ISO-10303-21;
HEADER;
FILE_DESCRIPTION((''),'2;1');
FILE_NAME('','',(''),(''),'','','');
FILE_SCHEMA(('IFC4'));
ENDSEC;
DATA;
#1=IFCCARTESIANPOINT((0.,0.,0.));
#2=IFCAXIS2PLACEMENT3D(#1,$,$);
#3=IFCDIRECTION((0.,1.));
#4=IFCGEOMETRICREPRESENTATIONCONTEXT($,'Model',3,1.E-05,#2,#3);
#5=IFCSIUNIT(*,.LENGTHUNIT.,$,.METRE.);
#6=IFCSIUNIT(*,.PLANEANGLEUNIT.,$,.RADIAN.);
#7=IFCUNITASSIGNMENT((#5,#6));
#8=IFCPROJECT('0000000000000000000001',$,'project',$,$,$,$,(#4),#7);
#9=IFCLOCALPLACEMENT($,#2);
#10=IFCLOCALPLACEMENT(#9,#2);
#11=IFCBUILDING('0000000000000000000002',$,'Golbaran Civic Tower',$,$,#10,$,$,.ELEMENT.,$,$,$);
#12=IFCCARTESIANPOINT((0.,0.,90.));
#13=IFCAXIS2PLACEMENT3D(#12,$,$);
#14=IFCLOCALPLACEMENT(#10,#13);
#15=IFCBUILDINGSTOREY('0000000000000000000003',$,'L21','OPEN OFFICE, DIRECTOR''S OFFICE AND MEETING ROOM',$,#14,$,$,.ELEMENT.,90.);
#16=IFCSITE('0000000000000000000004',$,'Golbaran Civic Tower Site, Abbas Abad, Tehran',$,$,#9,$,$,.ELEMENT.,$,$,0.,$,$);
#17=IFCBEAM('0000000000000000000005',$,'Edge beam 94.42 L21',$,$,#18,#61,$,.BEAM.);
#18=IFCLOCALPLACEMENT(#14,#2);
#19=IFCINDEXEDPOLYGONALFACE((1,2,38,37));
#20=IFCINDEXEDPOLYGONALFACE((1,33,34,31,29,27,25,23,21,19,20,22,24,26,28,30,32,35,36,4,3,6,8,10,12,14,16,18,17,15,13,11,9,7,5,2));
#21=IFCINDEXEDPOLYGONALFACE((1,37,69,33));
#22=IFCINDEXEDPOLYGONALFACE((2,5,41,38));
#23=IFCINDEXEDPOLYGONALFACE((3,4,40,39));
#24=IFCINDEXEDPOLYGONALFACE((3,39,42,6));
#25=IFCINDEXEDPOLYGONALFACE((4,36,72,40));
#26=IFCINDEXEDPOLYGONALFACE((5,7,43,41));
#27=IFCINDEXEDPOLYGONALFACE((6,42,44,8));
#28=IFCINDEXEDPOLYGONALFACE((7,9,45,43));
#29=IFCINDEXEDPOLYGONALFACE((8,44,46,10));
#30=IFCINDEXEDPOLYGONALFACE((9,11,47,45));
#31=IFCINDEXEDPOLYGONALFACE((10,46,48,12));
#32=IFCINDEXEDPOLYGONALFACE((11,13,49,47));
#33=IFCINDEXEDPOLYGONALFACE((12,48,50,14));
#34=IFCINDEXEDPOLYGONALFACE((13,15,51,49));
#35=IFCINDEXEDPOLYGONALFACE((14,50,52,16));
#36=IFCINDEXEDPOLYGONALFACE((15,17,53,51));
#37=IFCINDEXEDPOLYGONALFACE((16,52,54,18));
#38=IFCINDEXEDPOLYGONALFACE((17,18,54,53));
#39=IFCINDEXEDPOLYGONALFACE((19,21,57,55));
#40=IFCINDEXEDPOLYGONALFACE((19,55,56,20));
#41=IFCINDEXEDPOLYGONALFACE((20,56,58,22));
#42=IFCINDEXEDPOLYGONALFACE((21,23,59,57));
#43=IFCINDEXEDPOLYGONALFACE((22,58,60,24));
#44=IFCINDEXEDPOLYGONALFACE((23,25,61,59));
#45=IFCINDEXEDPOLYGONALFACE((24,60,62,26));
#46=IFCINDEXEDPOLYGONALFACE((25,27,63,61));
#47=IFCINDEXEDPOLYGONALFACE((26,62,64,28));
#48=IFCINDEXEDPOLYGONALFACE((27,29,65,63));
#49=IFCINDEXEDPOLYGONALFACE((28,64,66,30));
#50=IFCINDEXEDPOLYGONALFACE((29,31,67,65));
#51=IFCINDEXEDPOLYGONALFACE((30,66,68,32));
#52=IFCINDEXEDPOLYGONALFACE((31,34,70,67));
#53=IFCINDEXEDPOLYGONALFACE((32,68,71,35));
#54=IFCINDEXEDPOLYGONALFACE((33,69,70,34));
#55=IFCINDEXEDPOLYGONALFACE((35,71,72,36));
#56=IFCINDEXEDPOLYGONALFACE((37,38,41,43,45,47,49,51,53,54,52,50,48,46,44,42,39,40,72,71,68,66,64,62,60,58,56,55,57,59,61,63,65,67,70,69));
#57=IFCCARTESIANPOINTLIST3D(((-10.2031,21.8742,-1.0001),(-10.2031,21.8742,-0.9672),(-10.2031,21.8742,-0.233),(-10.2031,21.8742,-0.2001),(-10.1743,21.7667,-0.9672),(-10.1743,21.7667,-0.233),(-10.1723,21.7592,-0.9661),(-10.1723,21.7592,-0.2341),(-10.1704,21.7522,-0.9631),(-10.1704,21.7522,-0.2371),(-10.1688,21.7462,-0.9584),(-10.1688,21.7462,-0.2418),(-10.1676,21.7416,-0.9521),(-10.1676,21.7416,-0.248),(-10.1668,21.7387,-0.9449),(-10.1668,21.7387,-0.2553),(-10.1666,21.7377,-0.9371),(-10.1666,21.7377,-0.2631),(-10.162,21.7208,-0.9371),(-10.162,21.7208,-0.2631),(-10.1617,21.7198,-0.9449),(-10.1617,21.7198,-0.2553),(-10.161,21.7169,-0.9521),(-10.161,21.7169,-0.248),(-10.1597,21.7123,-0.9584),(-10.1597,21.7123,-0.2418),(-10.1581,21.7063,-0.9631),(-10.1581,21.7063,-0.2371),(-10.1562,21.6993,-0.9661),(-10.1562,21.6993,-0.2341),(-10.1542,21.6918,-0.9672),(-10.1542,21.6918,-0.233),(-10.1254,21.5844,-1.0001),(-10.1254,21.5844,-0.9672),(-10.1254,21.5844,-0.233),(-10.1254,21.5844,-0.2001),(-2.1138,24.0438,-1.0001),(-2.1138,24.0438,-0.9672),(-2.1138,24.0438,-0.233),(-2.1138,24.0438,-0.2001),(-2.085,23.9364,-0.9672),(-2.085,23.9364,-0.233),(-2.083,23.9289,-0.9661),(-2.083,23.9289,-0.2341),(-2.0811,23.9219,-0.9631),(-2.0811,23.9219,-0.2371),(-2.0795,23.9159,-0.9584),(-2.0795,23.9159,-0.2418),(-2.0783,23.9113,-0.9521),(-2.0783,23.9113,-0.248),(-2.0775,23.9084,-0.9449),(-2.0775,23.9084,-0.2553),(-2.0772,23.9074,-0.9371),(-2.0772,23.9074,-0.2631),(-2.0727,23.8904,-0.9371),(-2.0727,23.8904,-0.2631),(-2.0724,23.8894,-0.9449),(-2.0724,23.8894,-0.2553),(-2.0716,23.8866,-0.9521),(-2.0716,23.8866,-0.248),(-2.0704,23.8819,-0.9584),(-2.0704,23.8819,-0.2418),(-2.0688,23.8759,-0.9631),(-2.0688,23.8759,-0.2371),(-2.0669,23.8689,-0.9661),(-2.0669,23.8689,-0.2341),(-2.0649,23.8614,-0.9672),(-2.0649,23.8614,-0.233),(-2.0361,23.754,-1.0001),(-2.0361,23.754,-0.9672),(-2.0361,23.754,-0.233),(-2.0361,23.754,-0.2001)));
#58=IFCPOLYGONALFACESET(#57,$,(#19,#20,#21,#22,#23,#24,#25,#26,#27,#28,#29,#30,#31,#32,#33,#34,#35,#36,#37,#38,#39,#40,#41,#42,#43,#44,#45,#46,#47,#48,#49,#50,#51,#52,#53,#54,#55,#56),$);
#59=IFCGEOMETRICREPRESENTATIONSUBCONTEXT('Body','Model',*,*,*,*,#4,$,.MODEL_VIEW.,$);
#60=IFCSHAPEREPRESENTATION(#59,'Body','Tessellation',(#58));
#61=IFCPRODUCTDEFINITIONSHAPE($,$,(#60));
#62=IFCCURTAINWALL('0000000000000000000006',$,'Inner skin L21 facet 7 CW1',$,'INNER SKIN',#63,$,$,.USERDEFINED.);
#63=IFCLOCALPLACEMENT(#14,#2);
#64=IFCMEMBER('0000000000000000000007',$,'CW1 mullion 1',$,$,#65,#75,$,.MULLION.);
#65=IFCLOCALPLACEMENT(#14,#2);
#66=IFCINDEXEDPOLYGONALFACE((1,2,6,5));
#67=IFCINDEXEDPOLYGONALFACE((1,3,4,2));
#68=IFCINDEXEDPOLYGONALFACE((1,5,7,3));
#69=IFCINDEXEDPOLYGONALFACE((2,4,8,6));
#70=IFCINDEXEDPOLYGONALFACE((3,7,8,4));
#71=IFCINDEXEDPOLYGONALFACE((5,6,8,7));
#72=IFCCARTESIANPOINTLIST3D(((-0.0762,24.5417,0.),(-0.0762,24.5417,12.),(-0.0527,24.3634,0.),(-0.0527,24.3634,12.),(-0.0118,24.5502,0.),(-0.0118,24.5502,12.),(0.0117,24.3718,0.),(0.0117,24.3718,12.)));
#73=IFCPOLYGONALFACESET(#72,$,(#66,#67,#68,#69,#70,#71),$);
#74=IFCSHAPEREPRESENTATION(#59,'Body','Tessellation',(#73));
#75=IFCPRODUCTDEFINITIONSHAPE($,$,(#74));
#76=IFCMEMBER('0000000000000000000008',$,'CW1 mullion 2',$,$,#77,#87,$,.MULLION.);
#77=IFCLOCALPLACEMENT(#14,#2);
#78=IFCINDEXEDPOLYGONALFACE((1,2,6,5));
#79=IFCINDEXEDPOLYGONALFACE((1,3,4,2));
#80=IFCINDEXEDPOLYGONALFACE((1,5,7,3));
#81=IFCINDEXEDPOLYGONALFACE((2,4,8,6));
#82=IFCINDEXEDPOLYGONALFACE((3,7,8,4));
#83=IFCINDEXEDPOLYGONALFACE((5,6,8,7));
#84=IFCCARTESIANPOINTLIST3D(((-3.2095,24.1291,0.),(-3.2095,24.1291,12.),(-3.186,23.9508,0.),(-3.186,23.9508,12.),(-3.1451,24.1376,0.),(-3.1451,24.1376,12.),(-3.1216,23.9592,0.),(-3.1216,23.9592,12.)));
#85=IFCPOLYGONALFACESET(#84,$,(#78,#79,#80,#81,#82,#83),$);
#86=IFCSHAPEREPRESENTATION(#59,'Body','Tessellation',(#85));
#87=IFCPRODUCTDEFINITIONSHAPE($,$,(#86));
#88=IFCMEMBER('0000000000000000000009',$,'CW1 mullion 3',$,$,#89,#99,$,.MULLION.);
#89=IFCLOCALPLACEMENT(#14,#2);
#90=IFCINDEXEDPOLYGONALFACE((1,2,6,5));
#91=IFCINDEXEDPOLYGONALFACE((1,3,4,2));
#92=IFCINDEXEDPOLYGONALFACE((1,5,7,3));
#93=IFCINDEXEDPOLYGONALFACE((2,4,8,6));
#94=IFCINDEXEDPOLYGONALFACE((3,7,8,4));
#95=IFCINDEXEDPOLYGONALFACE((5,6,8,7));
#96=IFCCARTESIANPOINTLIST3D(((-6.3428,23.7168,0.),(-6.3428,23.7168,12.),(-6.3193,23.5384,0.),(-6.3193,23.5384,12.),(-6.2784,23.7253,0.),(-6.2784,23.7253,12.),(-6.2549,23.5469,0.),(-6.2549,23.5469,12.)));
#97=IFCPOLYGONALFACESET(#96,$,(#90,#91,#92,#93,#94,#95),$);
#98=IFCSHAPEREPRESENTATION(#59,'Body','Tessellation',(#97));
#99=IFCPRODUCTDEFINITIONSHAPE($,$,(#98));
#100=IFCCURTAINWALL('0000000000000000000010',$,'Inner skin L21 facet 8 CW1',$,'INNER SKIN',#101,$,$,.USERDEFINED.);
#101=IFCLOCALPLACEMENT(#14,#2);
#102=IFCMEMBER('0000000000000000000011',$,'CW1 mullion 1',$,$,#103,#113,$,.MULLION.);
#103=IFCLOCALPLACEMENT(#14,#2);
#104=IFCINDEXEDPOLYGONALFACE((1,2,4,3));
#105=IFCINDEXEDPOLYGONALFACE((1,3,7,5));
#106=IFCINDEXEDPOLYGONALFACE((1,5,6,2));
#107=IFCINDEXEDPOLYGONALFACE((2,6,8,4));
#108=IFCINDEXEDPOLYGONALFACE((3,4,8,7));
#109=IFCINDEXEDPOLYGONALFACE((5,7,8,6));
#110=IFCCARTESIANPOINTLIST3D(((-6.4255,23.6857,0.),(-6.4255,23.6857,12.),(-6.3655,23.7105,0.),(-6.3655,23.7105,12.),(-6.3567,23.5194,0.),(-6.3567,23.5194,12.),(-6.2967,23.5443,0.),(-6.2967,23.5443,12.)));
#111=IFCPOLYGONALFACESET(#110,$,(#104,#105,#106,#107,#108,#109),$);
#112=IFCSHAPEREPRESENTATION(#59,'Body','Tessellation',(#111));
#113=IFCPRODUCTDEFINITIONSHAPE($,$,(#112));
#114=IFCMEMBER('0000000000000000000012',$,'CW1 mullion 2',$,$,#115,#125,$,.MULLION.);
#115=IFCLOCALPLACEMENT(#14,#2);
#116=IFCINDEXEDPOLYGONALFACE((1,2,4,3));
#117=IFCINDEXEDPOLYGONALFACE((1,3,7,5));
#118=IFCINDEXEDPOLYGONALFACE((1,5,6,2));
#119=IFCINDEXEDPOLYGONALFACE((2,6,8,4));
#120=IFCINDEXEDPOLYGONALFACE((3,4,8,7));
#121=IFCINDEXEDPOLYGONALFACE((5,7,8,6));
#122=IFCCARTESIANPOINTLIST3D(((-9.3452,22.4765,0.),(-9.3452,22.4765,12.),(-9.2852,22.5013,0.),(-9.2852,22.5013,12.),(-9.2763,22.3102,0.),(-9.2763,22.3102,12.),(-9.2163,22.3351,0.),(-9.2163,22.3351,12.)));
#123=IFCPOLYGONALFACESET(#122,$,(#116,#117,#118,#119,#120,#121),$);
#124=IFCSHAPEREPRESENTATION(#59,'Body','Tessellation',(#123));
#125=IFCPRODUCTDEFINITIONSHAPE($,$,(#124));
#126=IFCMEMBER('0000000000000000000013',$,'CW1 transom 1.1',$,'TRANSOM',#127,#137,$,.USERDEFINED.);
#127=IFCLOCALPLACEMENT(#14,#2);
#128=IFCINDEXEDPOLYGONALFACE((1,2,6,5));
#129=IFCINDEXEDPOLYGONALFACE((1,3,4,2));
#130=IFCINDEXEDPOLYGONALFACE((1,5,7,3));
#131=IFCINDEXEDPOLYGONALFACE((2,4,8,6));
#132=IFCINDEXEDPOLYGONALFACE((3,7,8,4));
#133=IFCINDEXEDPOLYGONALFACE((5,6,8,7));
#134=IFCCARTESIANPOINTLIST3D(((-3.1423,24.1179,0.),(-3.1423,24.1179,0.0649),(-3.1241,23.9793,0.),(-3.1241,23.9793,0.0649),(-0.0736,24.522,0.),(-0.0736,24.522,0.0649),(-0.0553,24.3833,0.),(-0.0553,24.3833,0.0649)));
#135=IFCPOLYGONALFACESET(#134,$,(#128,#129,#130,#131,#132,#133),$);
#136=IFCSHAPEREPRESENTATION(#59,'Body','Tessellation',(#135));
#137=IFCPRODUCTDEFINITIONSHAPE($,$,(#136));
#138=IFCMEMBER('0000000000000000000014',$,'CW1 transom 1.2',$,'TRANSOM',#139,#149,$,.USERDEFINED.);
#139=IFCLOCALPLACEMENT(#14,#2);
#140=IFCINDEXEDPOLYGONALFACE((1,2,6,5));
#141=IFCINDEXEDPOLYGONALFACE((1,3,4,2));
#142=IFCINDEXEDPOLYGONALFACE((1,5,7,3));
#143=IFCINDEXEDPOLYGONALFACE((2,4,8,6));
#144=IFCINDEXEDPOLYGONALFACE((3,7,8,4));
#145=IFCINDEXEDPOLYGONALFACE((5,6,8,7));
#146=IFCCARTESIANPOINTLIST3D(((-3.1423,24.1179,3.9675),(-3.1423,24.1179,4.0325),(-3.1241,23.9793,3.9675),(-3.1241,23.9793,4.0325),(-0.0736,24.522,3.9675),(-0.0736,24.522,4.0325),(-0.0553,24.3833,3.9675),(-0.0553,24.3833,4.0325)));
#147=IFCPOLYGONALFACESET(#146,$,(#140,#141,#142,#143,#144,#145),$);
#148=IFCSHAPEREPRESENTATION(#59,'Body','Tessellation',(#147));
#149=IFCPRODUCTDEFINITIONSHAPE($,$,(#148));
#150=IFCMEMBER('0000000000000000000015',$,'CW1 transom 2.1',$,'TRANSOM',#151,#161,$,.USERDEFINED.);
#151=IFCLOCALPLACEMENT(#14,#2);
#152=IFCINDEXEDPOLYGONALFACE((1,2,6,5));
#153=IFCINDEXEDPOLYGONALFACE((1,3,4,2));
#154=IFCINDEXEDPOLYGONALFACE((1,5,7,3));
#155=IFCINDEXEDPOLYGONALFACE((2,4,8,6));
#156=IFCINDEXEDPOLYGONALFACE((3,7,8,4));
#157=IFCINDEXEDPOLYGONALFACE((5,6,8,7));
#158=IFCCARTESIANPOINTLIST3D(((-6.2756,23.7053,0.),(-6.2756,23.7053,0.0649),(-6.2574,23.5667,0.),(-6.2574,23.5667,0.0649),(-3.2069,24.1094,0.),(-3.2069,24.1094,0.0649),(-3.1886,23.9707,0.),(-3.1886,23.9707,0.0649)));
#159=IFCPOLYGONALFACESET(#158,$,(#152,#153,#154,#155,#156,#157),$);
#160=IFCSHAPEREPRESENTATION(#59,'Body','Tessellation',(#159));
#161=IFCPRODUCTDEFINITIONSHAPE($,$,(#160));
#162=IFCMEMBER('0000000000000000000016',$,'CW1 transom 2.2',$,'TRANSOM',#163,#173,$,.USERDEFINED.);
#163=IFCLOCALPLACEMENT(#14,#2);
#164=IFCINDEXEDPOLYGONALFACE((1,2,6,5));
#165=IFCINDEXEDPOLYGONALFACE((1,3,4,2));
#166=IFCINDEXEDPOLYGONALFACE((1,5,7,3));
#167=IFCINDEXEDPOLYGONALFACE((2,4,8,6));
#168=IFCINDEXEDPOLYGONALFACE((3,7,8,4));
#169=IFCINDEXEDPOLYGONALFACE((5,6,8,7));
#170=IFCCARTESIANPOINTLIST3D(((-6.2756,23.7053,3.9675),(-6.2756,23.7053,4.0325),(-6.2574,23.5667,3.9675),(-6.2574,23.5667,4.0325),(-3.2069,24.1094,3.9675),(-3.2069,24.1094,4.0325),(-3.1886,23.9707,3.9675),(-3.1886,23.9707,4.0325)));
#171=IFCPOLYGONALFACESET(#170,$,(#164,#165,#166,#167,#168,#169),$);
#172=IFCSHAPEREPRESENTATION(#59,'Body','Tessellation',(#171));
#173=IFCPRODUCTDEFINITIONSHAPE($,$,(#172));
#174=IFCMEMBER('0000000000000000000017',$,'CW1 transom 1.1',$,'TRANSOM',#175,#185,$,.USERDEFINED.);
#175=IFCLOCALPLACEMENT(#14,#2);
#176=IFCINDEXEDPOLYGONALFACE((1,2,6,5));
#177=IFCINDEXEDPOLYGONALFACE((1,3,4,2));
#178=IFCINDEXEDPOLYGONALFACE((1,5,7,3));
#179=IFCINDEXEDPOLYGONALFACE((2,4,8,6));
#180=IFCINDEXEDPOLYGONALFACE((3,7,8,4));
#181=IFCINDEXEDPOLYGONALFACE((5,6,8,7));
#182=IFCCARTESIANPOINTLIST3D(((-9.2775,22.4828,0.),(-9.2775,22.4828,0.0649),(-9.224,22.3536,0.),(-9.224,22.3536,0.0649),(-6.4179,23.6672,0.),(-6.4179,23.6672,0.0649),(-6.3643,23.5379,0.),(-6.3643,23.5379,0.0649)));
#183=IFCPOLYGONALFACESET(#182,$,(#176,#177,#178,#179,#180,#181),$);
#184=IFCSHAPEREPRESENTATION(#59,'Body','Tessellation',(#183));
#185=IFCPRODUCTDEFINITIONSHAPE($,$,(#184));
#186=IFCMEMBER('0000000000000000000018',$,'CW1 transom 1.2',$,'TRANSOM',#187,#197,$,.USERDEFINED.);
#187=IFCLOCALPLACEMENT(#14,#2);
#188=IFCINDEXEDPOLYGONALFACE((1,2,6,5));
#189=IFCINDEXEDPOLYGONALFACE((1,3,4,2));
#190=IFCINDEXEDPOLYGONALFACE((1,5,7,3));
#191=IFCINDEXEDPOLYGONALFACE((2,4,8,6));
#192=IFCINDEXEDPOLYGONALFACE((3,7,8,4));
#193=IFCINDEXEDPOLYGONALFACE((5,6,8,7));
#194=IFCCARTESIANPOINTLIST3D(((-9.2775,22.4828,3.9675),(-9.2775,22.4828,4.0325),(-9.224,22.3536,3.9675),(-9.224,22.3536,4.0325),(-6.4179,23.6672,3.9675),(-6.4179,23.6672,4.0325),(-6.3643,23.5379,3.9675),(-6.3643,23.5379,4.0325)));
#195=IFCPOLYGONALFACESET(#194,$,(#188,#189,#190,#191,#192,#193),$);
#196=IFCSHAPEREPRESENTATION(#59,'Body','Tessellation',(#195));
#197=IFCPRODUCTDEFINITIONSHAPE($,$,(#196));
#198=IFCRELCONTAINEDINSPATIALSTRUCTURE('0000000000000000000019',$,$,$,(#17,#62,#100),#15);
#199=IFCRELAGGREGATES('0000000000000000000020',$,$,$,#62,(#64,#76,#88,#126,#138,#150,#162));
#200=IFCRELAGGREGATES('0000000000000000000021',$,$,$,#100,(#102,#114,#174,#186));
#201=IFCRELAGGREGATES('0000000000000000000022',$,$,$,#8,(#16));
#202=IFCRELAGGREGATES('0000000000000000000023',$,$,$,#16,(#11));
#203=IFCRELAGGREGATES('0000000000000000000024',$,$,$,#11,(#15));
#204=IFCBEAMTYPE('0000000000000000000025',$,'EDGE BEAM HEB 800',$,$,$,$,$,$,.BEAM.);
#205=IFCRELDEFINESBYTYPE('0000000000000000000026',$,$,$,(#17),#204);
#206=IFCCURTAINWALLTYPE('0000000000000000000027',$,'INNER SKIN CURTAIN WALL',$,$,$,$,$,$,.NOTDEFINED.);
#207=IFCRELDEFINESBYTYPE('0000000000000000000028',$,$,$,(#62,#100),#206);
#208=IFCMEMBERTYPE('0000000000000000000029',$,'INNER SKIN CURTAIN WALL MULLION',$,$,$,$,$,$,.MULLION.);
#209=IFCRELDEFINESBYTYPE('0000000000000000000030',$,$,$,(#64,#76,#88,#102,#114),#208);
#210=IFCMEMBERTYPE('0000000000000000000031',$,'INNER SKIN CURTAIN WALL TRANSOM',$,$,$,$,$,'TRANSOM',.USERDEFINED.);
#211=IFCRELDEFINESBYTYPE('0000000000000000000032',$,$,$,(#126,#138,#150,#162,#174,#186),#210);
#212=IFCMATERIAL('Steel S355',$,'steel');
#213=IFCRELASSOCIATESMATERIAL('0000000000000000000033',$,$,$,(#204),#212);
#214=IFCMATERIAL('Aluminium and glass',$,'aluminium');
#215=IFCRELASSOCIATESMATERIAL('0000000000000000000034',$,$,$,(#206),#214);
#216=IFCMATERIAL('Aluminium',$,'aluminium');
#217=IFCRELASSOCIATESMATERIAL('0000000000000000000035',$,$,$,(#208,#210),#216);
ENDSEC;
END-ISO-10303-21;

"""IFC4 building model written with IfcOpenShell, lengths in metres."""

from ifc_helpers import new_model, si_unit, direction, frame, origin, origin_2d, place, context, subcontext, project, spatial, rectangle, i_section, extrude, material, material_profile, profile_set, type_object, element, aggregate, save


model = new_model("IFC4")

# Units and contexts
model_context = context("Model", 3, precision=1e-05, world=origin(), true_north=direction((0.0, 1.0)))
body_context = subcontext(model_context, "Body", "Model", "MODEL_VIEW")
ifc_project = project(units=[si_unit("LENGTHUNIT", "METRE"), si_unit("PLANEANGLEUNIT", "RADIAN")], contexts=[model_context])

# Site, building, storey
site_placement = place(None, origin())
site = spatial("IfcSite", under=ifc_project, at=site_placement, Name="Golbaran Civic Tower Site, Abbas Abad, Tehran", CompositionType="ELEMENT", RefElevation=0.0)
building_placement = place(site_placement, origin())
building = spatial("IfcBuilding", under=site, at=building_placement, Name="Golbaran Civic Tower", CompositionType="ELEMENT")
storey_placement = place(building_placement, frame((0.0, 0.0, 90.0)))
storey = spatial("IfcBuildingStorey", under=building, at=storey_placement, Name="L21", Description="OPEN OFFICE, DIRECTOR'S OFFICE AND MEETING ROOM", CompositionType="ELEMENT", Elevation=90.0)

# Beam
ifc_material_1 = material(Name="Steel S355", Category="steel")
ifc_material_profile_1 = material_profile(ifc_material_1, i_section(OverallWidth=0.3, OverallDepth=0.8, WebThickness=0.0176, FlangeThickness=0.033, FilletRadius=0.03, at=origin_2d()), Name="HEB 800")
ifc_profile_set_1 = profile_set([ifc_material_profile_1], Name="Steel S355")
beam_type = type_object("IfcBeamType", Name="EDGE BEAM HEB 800", PredefinedType="BEAM", material=ifc_profile_set_1)
beam_placement = place(storey_placement, frame((-2.075, 23.8989, -0.6001), z_axis=(-0.965862, -0.259058, 0.0), x_axis=(0.259058, -0.965862, 0.0)))
element("IfcBeam", 1, at=beam_placement, inside=storey, type_object=beam_type, Name="Edge beam 94.42 L21", PredefinedType="BEAM", context=body_context, shape_type="SweptSolid", body=[
    extrude(i_section(OverallWidth=0.3, OverallDepth=0.8, WebThickness=0.0176, FlangeThickness=0.033, FilletRadius=0.03, at=origin_2d()), origin(), (0.0, 0.0, 1.0), 8.3752),
])

# Curtain walls, members
ifc_material_2 = material(Name="Aluminium and glass", Category="aluminium")
curtain_wall_type = type_object("IfcCurtainWallType", Name="INNER SKIN CURTAIN WALL", PredefinedType="NOTDEFINED", material=ifc_material_2)
curtain_wall_1_placement = place(storey_placement, origin())
curtain_wall_1 = element("IfcCurtainWall", 2, at=curtain_wall_1_placement, inside=storey, type_object=curtain_wall_type, Name="Inner skin L21 facet 7 CW1", ObjectType="INNER SKIN", PredefinedType="USERDEFINED")
ifc_material_3 = material(Name="Aluminium", Category="aluminium")
ifc_material_profile_2 = material_profile(ifc_material_3, rectangle(XDim=0.1799, YDim=0.0649, at=origin_2d()), Name="INNER SKIN CURTAIN WALL MULLION")
ifc_profile_set_2 = profile_set([ifc_material_profile_2], Name="Aluminium")
member_type_1 = type_object("IfcMemberType", Name="INNER SKIN CURTAIN WALL MULLION", PredefinedType="MULLION", material=ifc_profile_set_2)
member_1_placement = place(storey_placement, frame((-0.0322, 24.4568, 0.0), z_axis=(0.0, 0.0, 1.0), x_axis=(0.130526, -0.991445, 0.0)))
member_1 = element("IfcMember", 3, at=member_1_placement, type_object=member_type_1, Name="CW1 mullion 1", PredefinedType="MULLION", context=body_context, shape_type="SweptSolid", body=[
    extrude(rectangle(XDim=0.1799, YDim=0.0649, at=origin_2d()), origin(), (0.0, 0.0, 1.0), 12.0),
])
member_2_placement = place(storey_placement, frame((-3.1655, 24.0442, 0.0), z_axis=(0.0, 0.0, 1.0), x_axis=(0.130526, -0.991445, 0.0)))
member_2 = element("IfcMember", 4, at=member_2_placement, type_object=member_type_1, Name="CW1 mullion 2", PredefinedType="MULLION", context=body_context, shape_type="SweptSolid", body=[
    extrude(rectangle(XDim=0.1799, YDim=0.0649, at=origin_2d()), origin(), (0.0, 0.0, 1.0), 12.0),
])
member_3_placement = place(storey_placement, frame((-6.2988, 23.6318, 0.0), z_axis=(0.0, 0.0, 1.0), x_axis=(0.130526, -0.991445, 0.0)))
member_3 = element("IfcMember", 5, at=member_3_placement, type_object=member_type_1, Name="CW1 mullion 3", PredefinedType="MULLION", context=body_context, shape_type="SweptSolid", body=[
    extrude(rectangle(XDim=0.1799, YDim=0.0649, at=origin_2d()), origin(), (0.0, 0.0, 1.0), 12.0),
])
curtain_wall_2_placement = place(storey_placement, origin())
curtain_wall_2 = element("IfcCurtainWall", 6, at=curtain_wall_2_placement, inside=storey, type_object=curtain_wall_type, Name="Inner skin L21 facet 8 CW1", ObjectType="INNER SKIN", PredefinedType="USERDEFINED")
member_4_placement = place(storey_placement, frame((-6.3611, 23.615, 0.0), z_axis=(0.0, 0.0, 1.0), x_axis=(0.382683, -0.92388, 0.0)))
member_4 = element("IfcMember", 7, at=member_4_placement, type_object=member_type_1, Name="CW1 mullion 1", PredefinedType="MULLION", context=body_context, shape_type="SweptSolid", body=[
    extrude(rectangle(XDim=0.1799, YDim=0.0649, at=origin_2d()), origin(), (0.0, 0.0, 1.0), 12.0),
])
member_5_placement = place(storey_placement, frame((-9.2808, 22.4058, 0.0), z_axis=(0.0, 0.0, 1.0), x_axis=(0.382683, -0.92388, 0.0)))
member_5 = element("IfcMember", 8, at=member_5_placement, type_object=member_type_1, Name="CW1 mullion 2", PredefinedType="MULLION", context=body_context, shape_type="SweptSolid", body=[
    extrude(rectangle(XDim=0.1799, YDim=0.0649, at=origin_2d()), origin(), (0.0, 0.0, 1.0), 12.0),
])

# Members
ifc_material_profile_3 = material_profile(ifc_material_3, rectangle(XDim=0.1399, YDim=0.0649, at=origin_2d()), Name="INNER SKIN CURTAIN WALL TRANSOM")
ifc_profile_set_3 = profile_set([ifc_material_profile_3], Name="Aluminium")
member_type_2 = type_object("IfcMemberType", Name="INNER SKIN CURTAIN WALL TRANSOM", ElementType="TRANSOM", PredefinedType="USERDEFINED", material=ifc_profile_set_3)
member_6_placement = place(storey_placement, frame((-0.0645, 24.4526, 0.0325), z_axis=(-0.991444, -0.130536, 0.0), x_axis=(0.130536, -0.991444, 0.0)))
member_6 = element("IfcMember", 9, at=member_6_placement, type_object=member_type_2, Name="CW1 transom 1.1", ObjectType="TRANSOM", PredefinedType="USERDEFINED", context=body_context, shape_type="SweptSolid", body=[
    extrude(rectangle(XDim=0.1399, YDim=0.0649, at=origin_2d()), origin(), (0.0, 0.0, 1.0), 3.0952),
])
member_7_placement = place(storey_placement, frame((-0.0645, 24.4526, 4.0), z_axis=(-0.991444, -0.130536, 0.0), x_axis=(0.130536, -0.991444, 0.0)))
member_7 = element("IfcMember", 10, at=member_7_placement, type_object=member_type_2, Name="CW1 transom 1.2", ObjectType="TRANSOM", PredefinedType="USERDEFINED", context=body_context, shape_type="SweptSolid", body=[
    extrude(rectangle(XDim=0.1399, YDim=0.0649, at=origin_2d()), origin(), (0.0, 0.0, 1.0), 3.0952),
])
member_8_placement = place(storey_placement, frame((-3.1978, 24.04, 0.0325), z_axis=(-0.991444, -0.130536, 0.0), x_axis=(0.130536, -0.991444, 0.0)))
member_8 = element("IfcMember", 11, at=member_8_placement, type_object=member_type_2, Name="CW1 transom 2.1", ObjectType="TRANSOM", PredefinedType="USERDEFINED", context=body_context, shape_type="SweptSolid", body=[
    extrude(rectangle(XDim=0.1399, YDim=0.0649, at=origin_2d()), origin(), (0.0, 0.0, 1.0), 3.0952),
])
member_9_placement = place(storey_placement, frame((-3.1978, 24.04, 4.0), z_axis=(-0.991444, -0.130536, 0.0), x_axis=(0.130536, -0.991444, 0.0)))
member_9 = element("IfcMember", 12, at=member_9_placement, type_object=member_type_2, Name="CW1 transom 2.2", ObjectType="TRANSOM", PredefinedType="USERDEFINED", context=body_context, shape_type="SweptSolid", body=[
    extrude(rectangle(XDim=0.1399, YDim=0.0649, at=origin_2d()), origin(), (0.0, 0.0, 1.0), 3.0952),
])
member_10_placement = place(storey_placement, frame((-6.3911, 23.6025, 0.0325), z_axis=(-0.923899, -0.382637, 0.0), x_axis=(0.382637, -0.923899, 0.0)))
member_10 = element("IfcMember", 13, at=member_10_placement, type_object=member_type_2, Name="CW1 transom 1.1", ObjectType="TRANSOM", PredefinedType="USERDEFINED", context=body_context, shape_type="SweptSolid", body=[
    extrude(rectangle(XDim=0.1399, YDim=0.0649, at=origin_2d()), origin(), (0.0, 0.0, 1.0), 3.0952),
])
member_11_placement = place(storey_placement, frame((-6.3911, 23.6025, 4.0), z_axis=(-0.923899, -0.382637, 0.0), x_axis=(0.382637, -0.923899, 0.0)))
member_11 = element("IfcMember", 14, at=member_11_placement, type_object=member_type_2, Name="CW1 transom 1.2", ObjectType="TRANSOM", PredefinedType="USERDEFINED", context=body_context, shape_type="SweptSolid", body=[
    extrude(rectangle(XDim=0.1399, YDim=0.0649, at=origin_2d()), origin(), (0.0, 0.0, 1.0), 3.0952),
])

aggregate(curtain_wall_1, [member_1, member_2, member_3, member_6, member_7, member_8, member_9])
aggregate(curtain_wall_2, [member_4, member_5, member_10, member_11])

save(model, "model.ifc")
